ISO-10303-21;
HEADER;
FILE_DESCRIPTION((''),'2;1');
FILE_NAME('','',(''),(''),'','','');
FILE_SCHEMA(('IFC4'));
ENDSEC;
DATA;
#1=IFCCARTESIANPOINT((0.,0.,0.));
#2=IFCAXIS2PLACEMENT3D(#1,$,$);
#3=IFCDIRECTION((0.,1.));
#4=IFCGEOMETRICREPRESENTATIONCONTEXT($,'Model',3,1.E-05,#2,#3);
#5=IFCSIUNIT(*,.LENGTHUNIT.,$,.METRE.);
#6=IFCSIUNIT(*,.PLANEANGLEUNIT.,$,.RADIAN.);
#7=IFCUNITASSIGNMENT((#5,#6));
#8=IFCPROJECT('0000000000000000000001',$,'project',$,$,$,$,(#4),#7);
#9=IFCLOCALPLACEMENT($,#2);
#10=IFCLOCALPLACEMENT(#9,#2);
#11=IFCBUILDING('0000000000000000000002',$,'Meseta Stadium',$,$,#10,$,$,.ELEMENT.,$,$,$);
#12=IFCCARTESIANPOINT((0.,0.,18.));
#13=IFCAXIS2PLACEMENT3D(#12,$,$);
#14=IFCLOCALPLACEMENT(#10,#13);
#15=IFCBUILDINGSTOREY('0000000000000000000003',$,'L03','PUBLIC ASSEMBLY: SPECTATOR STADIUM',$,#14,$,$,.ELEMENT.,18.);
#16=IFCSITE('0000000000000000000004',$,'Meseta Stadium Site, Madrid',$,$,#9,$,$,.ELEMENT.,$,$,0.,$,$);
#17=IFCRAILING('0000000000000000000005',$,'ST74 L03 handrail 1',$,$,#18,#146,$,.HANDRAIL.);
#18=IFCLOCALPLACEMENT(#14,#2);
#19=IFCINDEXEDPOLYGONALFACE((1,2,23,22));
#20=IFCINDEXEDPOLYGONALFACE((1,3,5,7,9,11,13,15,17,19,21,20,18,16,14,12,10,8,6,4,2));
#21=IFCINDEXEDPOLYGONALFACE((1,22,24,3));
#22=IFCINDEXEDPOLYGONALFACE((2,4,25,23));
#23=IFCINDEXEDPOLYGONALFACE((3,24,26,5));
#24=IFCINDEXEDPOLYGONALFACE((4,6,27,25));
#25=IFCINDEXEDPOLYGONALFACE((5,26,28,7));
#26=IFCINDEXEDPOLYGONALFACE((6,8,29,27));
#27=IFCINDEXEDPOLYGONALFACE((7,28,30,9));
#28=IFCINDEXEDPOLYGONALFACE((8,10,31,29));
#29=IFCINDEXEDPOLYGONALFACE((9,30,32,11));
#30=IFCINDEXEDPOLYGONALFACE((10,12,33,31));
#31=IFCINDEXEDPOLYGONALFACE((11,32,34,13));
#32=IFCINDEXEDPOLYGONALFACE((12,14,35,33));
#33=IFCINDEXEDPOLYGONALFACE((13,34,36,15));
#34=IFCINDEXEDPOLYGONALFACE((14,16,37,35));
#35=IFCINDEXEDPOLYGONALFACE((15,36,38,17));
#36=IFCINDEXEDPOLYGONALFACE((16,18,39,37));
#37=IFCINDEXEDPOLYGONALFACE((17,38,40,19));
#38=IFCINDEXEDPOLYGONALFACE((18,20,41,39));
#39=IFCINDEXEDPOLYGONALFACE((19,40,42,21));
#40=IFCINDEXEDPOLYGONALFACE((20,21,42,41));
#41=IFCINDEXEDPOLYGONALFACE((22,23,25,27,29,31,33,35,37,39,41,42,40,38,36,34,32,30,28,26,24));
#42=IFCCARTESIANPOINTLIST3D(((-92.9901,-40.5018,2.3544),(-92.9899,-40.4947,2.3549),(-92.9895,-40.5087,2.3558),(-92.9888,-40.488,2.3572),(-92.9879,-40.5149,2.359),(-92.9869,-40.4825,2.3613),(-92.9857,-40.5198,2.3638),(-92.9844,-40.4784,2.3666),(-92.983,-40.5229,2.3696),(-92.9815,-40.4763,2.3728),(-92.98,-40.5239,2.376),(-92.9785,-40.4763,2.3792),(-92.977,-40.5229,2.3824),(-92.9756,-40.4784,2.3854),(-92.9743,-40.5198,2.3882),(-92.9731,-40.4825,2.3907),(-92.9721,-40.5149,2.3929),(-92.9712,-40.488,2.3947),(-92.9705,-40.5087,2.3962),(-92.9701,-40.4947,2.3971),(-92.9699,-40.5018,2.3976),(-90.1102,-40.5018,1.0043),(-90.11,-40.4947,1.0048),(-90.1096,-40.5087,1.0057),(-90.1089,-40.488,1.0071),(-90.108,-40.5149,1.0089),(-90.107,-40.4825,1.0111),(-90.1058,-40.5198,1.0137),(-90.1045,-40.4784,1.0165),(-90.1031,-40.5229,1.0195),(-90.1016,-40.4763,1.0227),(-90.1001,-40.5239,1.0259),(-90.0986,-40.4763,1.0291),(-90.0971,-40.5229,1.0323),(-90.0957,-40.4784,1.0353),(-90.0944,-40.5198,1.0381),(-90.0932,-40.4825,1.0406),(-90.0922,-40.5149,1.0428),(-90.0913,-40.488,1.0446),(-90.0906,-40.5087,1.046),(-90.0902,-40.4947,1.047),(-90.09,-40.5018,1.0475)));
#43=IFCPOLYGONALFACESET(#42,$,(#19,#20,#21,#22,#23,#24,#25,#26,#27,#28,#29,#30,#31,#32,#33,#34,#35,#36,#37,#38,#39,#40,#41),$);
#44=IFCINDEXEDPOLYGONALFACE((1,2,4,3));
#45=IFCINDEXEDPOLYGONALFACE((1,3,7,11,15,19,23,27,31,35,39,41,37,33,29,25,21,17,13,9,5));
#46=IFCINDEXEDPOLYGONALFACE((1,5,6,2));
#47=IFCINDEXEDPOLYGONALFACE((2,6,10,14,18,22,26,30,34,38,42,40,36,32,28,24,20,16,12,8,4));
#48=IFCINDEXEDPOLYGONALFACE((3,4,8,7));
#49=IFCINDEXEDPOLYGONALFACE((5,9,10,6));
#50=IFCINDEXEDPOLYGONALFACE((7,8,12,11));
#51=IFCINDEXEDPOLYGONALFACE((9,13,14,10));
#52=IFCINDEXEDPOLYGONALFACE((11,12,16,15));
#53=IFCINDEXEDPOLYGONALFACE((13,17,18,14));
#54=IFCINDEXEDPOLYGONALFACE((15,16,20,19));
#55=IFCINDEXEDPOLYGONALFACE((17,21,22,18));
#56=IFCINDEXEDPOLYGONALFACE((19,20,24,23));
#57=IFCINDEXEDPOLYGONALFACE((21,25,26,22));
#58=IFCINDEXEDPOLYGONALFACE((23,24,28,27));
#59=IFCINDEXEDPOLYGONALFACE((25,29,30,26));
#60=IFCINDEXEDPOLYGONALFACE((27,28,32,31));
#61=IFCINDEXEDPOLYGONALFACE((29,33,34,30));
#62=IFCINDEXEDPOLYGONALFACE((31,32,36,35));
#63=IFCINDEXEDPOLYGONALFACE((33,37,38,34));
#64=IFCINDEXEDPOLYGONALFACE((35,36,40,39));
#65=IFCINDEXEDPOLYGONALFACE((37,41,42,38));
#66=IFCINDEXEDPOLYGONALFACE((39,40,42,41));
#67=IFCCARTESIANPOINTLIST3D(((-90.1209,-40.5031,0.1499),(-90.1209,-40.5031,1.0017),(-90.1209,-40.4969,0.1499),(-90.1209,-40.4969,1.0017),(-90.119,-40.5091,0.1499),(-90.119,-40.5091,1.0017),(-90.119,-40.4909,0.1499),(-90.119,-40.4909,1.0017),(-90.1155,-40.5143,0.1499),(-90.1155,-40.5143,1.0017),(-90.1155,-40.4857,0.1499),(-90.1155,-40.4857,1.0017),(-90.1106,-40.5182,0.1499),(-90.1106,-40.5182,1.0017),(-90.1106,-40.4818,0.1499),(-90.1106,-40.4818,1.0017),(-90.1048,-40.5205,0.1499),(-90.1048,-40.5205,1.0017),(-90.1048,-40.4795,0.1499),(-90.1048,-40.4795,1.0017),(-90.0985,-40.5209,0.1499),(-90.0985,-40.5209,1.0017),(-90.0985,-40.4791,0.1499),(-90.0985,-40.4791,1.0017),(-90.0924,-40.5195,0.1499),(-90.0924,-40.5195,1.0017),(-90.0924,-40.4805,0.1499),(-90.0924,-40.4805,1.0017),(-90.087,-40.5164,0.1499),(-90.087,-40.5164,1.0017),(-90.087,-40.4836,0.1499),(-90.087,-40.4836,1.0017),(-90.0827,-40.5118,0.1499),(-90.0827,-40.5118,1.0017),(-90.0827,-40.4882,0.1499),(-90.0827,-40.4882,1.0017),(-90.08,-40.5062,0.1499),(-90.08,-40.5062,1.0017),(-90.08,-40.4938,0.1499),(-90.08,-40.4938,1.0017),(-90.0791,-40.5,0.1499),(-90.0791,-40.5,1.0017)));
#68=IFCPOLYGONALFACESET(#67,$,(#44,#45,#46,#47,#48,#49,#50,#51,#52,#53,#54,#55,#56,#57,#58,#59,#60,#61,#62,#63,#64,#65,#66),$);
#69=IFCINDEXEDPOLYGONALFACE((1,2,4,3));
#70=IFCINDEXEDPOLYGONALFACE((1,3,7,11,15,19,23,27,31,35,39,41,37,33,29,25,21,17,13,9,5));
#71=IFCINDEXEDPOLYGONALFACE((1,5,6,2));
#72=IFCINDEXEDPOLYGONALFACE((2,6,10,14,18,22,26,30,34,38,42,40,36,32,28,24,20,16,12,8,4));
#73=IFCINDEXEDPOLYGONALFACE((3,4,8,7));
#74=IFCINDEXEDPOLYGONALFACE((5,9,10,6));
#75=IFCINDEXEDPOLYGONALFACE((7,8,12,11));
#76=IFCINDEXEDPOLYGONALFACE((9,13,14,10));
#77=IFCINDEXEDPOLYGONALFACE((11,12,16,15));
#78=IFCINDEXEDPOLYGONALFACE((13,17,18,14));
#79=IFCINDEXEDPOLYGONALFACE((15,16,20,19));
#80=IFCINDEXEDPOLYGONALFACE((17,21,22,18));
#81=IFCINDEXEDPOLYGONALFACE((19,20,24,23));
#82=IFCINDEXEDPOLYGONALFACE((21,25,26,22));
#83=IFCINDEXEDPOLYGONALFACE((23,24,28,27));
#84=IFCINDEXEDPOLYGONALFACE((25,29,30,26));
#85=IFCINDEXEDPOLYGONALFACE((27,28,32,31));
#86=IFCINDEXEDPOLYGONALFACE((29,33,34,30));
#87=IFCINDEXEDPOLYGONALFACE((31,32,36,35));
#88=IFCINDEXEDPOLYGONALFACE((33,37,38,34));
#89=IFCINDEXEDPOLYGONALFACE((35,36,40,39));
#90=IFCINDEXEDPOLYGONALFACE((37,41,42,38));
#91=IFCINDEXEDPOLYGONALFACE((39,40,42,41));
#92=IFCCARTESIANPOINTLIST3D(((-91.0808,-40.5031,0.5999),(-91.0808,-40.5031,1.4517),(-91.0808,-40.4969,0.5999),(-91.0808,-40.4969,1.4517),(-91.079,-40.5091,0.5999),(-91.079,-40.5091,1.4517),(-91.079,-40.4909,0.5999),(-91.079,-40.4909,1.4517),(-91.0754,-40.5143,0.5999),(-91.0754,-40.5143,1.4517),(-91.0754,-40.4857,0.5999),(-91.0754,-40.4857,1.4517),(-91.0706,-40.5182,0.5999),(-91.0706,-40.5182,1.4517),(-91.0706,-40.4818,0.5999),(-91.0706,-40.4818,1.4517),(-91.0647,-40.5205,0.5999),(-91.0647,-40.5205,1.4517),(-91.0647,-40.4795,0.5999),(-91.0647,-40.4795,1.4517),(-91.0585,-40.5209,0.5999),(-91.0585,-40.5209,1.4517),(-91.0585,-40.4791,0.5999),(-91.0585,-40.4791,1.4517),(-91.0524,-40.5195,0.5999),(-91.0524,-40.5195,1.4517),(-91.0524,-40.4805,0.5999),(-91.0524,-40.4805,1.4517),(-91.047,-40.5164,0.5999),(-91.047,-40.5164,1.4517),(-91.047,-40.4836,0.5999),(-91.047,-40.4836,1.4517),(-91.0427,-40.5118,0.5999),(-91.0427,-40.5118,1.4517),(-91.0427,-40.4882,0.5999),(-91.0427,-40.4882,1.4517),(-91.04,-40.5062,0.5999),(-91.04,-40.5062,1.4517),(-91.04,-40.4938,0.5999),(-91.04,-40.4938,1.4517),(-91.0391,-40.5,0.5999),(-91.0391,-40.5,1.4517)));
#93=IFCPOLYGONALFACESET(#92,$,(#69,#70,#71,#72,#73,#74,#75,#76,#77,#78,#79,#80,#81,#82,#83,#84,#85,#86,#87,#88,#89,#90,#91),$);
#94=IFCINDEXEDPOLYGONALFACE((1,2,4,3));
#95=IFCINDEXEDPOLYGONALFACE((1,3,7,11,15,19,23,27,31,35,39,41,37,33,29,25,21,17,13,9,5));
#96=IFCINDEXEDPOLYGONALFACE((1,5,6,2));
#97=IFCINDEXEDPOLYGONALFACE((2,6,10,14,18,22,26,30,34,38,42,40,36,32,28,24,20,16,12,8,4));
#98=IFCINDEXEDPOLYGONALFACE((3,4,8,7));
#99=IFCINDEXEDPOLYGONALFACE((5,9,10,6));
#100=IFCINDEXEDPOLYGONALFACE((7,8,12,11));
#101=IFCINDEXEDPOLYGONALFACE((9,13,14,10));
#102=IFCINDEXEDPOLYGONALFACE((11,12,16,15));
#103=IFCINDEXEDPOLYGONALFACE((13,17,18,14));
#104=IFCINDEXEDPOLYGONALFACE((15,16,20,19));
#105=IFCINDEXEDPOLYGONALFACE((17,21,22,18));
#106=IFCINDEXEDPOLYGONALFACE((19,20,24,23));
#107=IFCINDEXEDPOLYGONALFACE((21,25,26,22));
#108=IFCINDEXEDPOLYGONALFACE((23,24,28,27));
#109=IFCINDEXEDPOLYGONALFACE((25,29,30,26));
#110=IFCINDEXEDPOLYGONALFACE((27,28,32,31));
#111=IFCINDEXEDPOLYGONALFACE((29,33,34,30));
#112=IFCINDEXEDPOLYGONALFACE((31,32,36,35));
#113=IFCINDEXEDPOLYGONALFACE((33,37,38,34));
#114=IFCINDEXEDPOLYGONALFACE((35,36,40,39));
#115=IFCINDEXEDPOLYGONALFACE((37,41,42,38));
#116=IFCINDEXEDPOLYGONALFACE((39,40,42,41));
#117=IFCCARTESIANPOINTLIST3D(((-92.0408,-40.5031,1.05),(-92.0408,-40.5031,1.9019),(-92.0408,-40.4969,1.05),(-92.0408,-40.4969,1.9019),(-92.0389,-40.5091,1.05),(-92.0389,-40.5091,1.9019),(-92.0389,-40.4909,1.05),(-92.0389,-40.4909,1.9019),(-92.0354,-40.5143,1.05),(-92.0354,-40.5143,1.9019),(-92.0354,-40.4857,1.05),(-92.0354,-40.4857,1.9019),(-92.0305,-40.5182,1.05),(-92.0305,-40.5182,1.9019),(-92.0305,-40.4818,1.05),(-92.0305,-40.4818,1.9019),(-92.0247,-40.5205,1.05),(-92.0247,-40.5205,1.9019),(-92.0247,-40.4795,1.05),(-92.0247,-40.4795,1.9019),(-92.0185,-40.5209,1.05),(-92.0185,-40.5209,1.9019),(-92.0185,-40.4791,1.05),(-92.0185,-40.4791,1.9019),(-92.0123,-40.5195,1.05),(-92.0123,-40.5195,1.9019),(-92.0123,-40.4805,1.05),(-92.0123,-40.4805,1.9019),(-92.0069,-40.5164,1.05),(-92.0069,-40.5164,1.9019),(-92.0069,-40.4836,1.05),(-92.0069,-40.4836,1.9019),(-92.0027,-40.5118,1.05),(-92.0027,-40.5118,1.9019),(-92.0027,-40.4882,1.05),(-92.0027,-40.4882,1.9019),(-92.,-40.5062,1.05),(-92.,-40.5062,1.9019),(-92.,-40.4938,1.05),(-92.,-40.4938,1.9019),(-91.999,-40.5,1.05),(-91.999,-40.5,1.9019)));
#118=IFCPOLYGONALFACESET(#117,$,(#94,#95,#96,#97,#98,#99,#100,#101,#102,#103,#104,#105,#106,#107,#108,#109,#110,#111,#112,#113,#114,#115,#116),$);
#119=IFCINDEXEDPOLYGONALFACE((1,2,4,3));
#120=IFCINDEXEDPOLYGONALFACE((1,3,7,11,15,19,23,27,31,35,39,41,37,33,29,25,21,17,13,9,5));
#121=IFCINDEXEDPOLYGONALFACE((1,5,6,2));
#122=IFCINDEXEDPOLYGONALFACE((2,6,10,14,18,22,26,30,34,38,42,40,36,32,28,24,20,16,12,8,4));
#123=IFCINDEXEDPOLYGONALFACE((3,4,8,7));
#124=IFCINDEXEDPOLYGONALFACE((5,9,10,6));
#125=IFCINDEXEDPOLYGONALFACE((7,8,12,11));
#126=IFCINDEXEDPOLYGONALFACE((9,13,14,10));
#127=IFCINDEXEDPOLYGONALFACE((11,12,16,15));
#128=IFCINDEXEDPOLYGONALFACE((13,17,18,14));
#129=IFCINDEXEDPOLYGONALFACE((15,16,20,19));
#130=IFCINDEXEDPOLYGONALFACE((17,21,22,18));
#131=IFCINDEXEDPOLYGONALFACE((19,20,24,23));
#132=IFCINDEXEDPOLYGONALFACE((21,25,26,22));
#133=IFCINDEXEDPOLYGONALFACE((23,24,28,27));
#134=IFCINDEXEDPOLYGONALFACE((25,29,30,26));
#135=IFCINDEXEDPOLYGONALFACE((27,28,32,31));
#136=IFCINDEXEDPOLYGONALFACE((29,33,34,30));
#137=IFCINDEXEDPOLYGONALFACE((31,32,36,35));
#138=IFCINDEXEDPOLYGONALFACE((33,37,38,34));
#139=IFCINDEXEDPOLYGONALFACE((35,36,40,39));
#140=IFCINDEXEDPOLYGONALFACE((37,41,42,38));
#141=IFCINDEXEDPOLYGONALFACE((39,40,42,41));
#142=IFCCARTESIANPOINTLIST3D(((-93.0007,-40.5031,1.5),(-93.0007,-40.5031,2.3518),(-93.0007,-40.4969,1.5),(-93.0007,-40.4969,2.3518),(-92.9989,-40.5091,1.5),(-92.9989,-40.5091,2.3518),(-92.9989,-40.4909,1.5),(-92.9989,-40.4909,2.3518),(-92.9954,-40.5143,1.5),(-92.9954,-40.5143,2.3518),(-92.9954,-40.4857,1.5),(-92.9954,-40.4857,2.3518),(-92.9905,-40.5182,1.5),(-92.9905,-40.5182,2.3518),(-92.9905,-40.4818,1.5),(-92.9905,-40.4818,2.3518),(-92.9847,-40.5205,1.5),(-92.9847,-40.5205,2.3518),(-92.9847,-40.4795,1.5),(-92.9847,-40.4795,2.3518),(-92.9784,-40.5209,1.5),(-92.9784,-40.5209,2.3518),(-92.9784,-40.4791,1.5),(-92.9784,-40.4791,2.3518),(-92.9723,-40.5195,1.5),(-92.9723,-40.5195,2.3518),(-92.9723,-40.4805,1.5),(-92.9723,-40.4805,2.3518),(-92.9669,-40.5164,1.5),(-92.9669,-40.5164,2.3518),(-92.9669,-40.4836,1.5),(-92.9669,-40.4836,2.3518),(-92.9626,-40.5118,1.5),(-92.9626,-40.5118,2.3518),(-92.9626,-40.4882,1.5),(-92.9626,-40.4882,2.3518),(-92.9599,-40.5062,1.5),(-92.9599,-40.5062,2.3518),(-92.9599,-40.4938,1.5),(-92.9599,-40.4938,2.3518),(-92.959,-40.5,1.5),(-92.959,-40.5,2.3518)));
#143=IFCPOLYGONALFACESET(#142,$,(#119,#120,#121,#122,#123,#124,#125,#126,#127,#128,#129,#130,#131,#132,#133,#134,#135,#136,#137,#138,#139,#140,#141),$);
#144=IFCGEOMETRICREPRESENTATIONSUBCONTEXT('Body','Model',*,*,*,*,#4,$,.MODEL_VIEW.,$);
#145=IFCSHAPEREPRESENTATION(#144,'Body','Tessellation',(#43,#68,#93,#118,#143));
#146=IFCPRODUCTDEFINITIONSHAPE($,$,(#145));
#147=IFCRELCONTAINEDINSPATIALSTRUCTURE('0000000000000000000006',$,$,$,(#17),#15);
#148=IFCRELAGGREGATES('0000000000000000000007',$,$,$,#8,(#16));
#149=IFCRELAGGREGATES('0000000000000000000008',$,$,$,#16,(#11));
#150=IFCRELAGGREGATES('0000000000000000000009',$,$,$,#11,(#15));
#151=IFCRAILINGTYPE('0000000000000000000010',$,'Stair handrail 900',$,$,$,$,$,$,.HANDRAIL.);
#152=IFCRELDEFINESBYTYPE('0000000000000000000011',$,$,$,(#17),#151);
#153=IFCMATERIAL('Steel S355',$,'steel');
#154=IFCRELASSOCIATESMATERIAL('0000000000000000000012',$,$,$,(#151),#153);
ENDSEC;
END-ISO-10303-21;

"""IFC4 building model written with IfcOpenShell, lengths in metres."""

from ifc_helpers import new_model, si_unit, direction, frame, origin, origin_2d, place, context, subcontext, project, spatial, circle, extrude, material, type_object, element, save


model = new_model("IFC4")

# Units and contexts
model_context = context("Model", 3, precision=1e-05, world=origin(), true_north=direction((0.0, 1.0)))
body_context = subcontext(model_context, "Body", "Model", "MODEL_VIEW")
ifc_project = project(units=[si_unit("LENGTHUNIT", "METRE"), si_unit("PLANEANGLEUNIT", "RADIAN")], contexts=[model_context])

# Site, building, storey
site_placement = place(None, origin())
site = spatial("IfcSite", under=ifc_project, at=site_placement, Name="Meseta Stadium Site, Madrid", CompositionType="ELEMENT", RefElevation=0.0)
building_placement = place(site_placement, origin())
building = spatial("IfcBuilding", under=site, at=building_placement, Name="Meseta Stadium", CompositionType="ELEMENT")
storey_placement = place(building_placement, frame((0.0, 0.0, 18.0)))
storey = spatial("IfcBuildingStorey", under=building, at=storey_placement, Name="L03", Description="PUBLIC ASSEMBLY: SPECTATOR STADIUM", CompositionType="ELEMENT", Elevation=18.0)

# Railing
ifc_material_1 = material(Name="Steel S355", Category="steel")
railing_type_1 = type_object("IfcRailingType", Name="Stair handrail 900", PredefinedType="HANDRAIL", material=ifc_material_1)
for number, where, name in (
    (1, (-90.1001, -40.5, 0.1499), "ST74 L03 handrail 1"),
):
    element("IfcRailing", number, at=place(storey_placement, frame(where)), inside=storey, type_object=railing_type_1, Name=name, PredefinedType="HANDRAIL", context=body_context, shape_type="SweptSolid", body=[
        extrude(circle(Radius=0.0239, at=origin_2d()), frame((0.0, 0.0, 0.876), z_axis=(-0.90544, 0.0, 0.424473), x_axis=(0.0, -1.0, 0.0)), (0.0, 0.0, 1.0), 3.1807),
        extrude(circle(Radius=0.021, at=origin_2d()), origin(), (0.0, 0.0, 1.0), 0.8518),
        extrude(circle(Radius=0.021, at=origin_2d()), frame((-0.96, 0.0, 0.45)), (0.0, 0.0, 1.0), 0.8518),
        extrude(circle(Radius=0.021, at=origin_2d()), frame((-1.9199, 0.0, 0.9001)), (0.0, 0.0, 1.0), 0.8518),
        extrude(circle(Radius=0.021, at=origin_2d()), frame((-2.8799, 0.0, 1.3501)), (0.0, 0.0, 1.0), 0.8518),
    ])

save(model, "model.ifc")
